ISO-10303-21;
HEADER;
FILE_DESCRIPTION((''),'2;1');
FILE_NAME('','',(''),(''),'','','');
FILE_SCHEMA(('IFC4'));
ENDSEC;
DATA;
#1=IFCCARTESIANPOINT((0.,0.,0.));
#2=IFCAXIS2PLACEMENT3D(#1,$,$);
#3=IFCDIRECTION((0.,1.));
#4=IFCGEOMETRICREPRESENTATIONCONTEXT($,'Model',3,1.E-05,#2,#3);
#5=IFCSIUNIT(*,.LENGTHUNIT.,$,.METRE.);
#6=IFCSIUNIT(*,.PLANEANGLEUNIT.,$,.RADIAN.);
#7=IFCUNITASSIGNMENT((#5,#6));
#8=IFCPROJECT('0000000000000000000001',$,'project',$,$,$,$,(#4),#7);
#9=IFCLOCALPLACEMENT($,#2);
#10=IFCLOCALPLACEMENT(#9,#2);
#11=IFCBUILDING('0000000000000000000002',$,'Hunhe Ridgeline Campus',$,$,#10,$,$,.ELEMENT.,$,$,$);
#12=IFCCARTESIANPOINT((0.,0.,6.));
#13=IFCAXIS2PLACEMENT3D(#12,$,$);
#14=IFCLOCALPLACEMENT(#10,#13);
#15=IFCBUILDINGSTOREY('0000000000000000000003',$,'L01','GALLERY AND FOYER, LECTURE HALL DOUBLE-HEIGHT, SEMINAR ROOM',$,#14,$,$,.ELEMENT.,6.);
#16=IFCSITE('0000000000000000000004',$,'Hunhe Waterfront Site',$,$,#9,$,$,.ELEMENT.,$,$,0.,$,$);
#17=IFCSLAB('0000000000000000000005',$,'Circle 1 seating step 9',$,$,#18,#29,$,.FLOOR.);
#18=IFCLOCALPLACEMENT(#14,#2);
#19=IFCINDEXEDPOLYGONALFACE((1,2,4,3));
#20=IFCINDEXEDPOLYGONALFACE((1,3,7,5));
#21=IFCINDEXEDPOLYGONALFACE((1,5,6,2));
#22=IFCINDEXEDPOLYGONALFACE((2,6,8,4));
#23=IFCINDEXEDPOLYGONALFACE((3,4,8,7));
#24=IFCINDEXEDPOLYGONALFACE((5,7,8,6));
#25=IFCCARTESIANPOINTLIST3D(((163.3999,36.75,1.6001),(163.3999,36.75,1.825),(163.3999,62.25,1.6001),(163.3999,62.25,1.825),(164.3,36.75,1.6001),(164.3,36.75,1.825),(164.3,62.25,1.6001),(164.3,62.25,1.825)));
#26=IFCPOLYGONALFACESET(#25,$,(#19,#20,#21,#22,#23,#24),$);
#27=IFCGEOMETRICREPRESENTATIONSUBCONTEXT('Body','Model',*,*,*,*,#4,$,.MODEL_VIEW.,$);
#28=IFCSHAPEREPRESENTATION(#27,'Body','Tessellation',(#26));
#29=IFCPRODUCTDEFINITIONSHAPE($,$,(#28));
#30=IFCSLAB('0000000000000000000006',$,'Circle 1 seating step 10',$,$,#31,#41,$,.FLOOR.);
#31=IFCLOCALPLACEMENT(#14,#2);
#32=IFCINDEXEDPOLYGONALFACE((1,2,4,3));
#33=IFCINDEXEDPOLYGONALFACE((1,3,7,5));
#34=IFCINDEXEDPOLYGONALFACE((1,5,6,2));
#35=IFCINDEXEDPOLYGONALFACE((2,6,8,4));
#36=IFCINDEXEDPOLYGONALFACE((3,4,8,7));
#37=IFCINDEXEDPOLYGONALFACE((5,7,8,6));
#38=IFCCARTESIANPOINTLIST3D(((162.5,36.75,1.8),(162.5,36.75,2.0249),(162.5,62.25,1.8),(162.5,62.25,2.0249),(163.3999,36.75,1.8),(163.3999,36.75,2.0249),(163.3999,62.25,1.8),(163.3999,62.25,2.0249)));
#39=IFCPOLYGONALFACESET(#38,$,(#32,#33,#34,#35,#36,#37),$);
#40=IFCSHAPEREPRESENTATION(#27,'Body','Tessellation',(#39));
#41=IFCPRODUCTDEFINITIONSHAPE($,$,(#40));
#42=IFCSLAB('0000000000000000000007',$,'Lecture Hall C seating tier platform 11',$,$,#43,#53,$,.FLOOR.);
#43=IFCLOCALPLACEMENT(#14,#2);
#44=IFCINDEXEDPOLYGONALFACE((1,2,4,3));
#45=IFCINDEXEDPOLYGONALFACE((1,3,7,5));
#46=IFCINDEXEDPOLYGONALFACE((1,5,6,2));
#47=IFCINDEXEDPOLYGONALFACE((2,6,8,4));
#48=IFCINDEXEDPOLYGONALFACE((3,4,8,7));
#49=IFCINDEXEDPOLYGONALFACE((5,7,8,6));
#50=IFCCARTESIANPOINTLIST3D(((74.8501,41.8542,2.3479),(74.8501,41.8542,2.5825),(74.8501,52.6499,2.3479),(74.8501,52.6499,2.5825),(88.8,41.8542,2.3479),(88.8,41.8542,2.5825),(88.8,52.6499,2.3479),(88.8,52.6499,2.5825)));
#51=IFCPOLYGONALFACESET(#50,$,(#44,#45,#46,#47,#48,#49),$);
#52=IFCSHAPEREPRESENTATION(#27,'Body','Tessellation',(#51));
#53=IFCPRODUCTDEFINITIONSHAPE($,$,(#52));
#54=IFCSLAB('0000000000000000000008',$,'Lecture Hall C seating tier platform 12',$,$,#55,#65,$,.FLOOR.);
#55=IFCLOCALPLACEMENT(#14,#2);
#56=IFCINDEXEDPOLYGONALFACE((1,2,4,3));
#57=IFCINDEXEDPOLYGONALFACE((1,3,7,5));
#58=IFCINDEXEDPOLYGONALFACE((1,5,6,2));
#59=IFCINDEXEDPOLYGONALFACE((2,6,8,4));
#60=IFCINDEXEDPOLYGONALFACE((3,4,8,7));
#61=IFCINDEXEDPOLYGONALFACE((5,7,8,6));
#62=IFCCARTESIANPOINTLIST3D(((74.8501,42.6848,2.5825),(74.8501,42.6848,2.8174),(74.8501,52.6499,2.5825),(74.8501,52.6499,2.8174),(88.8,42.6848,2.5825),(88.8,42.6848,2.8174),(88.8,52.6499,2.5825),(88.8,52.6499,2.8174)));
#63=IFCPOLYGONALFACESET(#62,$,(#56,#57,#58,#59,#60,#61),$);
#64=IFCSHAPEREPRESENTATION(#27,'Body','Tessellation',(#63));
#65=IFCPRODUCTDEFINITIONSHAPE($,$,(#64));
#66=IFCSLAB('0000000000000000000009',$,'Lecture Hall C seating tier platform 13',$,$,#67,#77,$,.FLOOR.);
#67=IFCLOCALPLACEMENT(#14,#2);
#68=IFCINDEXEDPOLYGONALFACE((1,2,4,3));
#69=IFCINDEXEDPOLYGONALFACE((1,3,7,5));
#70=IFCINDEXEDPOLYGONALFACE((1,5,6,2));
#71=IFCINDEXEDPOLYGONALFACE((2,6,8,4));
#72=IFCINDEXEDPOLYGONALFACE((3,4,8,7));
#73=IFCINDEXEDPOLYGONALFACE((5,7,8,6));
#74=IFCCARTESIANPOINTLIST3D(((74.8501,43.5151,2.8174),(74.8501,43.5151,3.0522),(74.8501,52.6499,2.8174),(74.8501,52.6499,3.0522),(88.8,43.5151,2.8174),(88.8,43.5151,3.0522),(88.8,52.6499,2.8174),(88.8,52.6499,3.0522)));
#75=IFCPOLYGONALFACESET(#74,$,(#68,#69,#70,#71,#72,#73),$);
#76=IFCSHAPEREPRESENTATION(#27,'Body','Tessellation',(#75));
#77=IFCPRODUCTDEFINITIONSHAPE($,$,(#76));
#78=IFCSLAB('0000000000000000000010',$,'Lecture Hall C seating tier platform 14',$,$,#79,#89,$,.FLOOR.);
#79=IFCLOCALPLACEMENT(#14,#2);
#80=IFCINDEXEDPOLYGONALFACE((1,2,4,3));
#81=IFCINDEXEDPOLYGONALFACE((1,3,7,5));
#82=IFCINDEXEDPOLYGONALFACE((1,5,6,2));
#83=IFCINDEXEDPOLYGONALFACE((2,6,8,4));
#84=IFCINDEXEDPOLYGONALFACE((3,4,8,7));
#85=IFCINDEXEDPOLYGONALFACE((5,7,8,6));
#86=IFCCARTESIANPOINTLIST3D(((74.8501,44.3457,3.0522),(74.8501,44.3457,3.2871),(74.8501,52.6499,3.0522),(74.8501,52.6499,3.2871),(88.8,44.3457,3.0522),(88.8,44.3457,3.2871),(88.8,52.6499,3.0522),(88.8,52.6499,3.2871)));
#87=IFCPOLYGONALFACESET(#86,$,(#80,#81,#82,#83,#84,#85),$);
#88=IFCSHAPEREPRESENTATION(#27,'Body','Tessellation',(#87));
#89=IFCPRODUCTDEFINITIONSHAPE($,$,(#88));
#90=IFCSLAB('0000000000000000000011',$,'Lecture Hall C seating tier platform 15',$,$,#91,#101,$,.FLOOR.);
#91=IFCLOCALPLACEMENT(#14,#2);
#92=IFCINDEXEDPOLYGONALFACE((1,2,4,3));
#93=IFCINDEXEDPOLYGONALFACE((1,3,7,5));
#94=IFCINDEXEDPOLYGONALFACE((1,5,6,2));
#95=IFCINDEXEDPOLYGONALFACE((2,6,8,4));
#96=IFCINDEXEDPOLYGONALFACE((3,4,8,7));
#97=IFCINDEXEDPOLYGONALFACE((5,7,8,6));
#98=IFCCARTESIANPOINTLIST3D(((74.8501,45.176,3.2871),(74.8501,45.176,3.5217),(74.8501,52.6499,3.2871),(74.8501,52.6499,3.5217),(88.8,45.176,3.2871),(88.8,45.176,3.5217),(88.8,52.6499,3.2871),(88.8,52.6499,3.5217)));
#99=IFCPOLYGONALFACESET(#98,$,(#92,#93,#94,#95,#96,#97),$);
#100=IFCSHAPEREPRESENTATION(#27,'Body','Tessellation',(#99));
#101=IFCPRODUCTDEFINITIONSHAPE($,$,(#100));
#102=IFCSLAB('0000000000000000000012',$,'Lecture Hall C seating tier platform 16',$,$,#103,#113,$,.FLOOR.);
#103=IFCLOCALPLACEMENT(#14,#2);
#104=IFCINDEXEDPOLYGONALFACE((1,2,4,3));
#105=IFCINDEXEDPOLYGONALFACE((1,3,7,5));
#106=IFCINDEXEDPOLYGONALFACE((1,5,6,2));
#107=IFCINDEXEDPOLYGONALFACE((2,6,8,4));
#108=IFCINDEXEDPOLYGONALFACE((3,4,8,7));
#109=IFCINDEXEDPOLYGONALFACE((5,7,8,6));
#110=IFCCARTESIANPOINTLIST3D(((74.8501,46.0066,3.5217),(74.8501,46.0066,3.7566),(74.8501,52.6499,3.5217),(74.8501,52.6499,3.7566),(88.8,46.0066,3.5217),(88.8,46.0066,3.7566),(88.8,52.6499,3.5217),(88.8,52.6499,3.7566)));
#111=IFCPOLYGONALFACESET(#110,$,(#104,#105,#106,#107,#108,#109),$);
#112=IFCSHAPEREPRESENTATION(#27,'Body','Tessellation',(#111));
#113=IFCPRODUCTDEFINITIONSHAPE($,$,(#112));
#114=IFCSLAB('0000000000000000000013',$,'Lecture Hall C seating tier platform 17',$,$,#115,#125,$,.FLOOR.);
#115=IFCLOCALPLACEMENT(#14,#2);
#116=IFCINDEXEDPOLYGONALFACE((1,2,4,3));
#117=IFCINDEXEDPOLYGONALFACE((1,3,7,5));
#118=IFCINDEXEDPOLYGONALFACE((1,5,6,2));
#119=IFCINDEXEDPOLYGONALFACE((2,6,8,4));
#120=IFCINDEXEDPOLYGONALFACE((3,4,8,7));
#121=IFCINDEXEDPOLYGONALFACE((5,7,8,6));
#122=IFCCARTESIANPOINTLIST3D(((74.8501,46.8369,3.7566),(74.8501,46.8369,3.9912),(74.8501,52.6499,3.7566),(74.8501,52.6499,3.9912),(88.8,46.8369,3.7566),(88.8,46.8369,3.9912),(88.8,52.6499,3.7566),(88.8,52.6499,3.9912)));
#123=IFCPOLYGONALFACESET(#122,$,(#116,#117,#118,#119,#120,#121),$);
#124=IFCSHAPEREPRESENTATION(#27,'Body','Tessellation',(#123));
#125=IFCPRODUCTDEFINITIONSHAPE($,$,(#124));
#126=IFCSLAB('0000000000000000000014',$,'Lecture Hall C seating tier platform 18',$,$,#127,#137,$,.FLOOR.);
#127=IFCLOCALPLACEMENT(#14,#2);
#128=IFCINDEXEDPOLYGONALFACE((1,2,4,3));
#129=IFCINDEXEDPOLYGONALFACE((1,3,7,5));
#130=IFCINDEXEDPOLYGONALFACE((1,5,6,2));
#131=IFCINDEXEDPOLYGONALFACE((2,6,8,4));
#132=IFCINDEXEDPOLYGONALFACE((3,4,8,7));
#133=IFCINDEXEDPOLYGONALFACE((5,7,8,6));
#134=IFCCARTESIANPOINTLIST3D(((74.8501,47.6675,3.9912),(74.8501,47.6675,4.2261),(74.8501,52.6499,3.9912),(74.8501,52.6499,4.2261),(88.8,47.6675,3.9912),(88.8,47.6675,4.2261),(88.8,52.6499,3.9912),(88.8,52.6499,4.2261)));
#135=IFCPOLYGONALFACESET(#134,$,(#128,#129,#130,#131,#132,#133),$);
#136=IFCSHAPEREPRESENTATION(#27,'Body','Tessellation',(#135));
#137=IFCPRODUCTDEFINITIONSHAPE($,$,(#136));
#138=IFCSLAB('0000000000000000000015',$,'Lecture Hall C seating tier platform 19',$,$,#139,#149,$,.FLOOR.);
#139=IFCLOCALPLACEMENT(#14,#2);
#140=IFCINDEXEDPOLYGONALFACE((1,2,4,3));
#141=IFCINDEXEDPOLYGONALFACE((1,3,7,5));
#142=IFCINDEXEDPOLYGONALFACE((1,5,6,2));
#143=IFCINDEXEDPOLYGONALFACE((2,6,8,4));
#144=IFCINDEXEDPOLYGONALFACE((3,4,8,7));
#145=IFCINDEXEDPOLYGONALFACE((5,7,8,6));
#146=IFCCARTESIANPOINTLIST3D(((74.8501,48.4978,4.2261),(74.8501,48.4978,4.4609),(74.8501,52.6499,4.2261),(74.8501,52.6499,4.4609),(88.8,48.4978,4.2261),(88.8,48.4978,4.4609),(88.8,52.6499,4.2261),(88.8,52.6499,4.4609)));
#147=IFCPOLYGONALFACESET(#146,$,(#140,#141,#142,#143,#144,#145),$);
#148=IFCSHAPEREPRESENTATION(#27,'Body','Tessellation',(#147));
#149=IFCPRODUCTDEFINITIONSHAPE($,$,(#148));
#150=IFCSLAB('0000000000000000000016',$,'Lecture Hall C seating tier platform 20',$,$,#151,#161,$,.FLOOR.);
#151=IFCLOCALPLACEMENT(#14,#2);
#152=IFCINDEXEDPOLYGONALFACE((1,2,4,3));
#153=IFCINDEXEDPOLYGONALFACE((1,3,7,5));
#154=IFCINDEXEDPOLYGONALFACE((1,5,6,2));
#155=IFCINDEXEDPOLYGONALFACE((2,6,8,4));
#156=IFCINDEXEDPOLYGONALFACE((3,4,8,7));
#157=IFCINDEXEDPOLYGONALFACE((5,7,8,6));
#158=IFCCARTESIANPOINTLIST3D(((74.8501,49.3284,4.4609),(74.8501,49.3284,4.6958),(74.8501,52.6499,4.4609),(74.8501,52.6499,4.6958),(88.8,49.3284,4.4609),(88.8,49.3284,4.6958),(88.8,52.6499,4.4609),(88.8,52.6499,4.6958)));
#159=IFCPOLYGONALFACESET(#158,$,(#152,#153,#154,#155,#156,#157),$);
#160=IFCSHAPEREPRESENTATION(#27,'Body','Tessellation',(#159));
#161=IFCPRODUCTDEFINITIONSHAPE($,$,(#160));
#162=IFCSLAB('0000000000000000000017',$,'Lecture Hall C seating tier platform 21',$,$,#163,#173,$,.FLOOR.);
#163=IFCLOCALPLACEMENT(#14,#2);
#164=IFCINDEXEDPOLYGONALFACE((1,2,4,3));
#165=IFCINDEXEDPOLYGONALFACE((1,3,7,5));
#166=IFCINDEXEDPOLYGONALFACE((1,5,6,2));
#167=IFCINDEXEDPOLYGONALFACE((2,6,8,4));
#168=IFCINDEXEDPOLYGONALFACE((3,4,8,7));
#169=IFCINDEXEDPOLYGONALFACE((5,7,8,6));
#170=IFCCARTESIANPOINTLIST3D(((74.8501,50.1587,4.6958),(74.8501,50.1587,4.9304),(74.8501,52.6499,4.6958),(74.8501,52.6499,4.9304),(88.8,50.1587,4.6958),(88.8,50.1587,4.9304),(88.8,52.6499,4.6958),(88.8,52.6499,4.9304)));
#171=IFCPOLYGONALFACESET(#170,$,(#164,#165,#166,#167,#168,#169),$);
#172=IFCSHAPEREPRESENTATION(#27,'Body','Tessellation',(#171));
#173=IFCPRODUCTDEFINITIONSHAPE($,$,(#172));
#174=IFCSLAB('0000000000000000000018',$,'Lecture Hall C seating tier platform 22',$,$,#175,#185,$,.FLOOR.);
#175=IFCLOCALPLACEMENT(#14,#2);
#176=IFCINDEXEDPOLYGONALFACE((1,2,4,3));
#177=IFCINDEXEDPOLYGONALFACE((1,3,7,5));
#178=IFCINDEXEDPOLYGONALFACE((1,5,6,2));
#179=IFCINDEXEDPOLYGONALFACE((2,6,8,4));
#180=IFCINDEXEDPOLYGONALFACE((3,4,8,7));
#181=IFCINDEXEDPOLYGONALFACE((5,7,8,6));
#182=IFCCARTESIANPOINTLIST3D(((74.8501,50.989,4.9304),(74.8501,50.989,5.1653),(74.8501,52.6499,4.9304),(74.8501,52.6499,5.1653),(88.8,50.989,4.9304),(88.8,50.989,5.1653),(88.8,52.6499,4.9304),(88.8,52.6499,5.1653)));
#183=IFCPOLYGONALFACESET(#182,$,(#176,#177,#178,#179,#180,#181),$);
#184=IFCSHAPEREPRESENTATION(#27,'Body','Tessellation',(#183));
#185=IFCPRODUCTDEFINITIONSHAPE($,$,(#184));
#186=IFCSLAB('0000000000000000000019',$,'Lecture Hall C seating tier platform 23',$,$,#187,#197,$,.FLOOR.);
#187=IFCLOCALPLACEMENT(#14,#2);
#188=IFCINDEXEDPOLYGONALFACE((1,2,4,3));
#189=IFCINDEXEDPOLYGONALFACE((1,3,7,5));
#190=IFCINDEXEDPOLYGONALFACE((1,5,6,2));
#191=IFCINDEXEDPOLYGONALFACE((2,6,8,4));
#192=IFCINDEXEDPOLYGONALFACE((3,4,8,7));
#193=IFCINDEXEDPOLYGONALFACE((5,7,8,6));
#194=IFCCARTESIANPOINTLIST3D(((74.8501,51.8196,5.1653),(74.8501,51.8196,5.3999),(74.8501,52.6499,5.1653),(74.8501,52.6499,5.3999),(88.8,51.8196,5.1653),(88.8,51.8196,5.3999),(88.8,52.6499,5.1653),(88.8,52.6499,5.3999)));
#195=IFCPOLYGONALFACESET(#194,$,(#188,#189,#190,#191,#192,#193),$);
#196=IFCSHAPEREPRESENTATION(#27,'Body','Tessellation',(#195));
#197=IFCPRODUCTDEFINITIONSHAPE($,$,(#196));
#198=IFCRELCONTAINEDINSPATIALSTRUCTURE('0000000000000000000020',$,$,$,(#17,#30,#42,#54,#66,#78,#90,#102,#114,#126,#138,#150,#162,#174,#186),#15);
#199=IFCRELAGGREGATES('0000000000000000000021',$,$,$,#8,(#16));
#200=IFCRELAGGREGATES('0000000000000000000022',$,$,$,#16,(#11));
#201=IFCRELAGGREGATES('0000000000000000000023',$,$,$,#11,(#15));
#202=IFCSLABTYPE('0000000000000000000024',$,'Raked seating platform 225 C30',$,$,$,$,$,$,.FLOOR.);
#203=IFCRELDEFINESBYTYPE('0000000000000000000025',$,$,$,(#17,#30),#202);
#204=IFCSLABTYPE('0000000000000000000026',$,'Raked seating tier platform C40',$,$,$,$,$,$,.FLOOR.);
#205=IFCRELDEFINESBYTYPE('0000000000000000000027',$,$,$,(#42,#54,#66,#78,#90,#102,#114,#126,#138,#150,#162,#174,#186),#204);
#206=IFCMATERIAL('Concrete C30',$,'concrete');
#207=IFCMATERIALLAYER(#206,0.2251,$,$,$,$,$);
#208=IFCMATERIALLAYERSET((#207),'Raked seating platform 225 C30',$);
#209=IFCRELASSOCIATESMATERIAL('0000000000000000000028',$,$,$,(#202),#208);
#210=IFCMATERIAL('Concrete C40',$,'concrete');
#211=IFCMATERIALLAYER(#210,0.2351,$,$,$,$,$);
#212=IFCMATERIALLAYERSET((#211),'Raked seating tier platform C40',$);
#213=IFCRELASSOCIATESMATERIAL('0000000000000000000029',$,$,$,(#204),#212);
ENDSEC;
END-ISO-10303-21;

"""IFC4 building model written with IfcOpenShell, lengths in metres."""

from ifc_helpers import new_model, si_unit, direction, frame, origin, place, context, subcontext, project, spatial, polyline, outline, extrude, material, layer, layer_set, type_object, element, save


model = new_model("IFC4")

# Units and contexts
model_context = context("Model", 3, precision=1e-05, world=origin(), true_north=direction((0.0, 1.0)))
body_context = subcontext(model_context, "Body", "Model", "MODEL_VIEW")
ifc_project = project(units=[si_unit("LENGTHUNIT", "METRE"), si_unit("PLANEANGLEUNIT", "RADIAN")], contexts=[model_context])

# Site, building, storey
site_placement = place(None, origin())
site = spatial("IfcSite", under=ifc_project, at=site_placement, Name="Hunhe Waterfront Site", CompositionType="ELEMENT", RefElevation=0.0)
building_placement = place(site_placement, origin())
building = spatial("IfcBuilding", under=site, at=building_placement, Name="Hunhe Ridgeline Campus", CompositionType="ELEMENT")
storey_placement = place(building_placement, frame((0.0, 0.0, 6.0)))
storey = spatial("IfcBuildingStorey", under=building, at=storey_placement, Name="L01", Description="GALLERY AND FOYER, LECTURE HALL DOUBLE-HEIGHT, SEMINAR ROOM", CompositionType="ELEMENT", Elevation=6.0)

# Shared definitions
ifc_material_1 = material(Name="Concrete C40", Category="concrete")

# Slabs
ifc_material_2 = material(Name="Concrete C30", Category="concrete")
ifc_layer_1 = layer(ifc_material_2, 0.2251)
ifc_layer_set_1 = layer_set([ifc_layer_1], Name="Raked seating platform 225 C30")
slab_type_1 = type_object("IfcSlabType", Name="Raked seating platform 225 C30", PredefinedType="FLOOR", material=ifc_layer_set_1)
slab_1_placement = place(storey_placement, frame((0.0, 0.0, 1.6001)))
element("IfcSlab", 1, at=slab_1_placement, inside=storey, type_object=slab_type_1, Name="Circle 1 seating step 9", PredefinedType="FLOOR", context=body_context, shape_type="SweptSolid", body=[
    extrude(outline(polyline([(164.3, 36.75), (164.3, 62.25), (163.3999, 62.25), (163.3999, 36.75), (164.3, 36.75)])), origin(), (0.0, 0.0, 1.0), 0.2249),
])
slab_2_placement = place(storey_placement, frame((0.0, 0.0, 1.8)))
element("IfcSlab", 2, at=slab_2_placement, inside=storey, type_object=slab_type_1, Name="Circle 1 seating step 10", PredefinedType="FLOOR", context=body_context, shape_type="SweptSolid", body=[
    extrude(outline(polyline([(163.3999, 36.75), (163.3999, 62.25), (162.5, 62.25), (162.5, 36.75), (163.3999, 36.75)])), origin(), (0.0, 0.0, 1.0), 0.2249),
])
ifc_layer_2 = layer(ifc_material_1, 0.2351)
ifc_layer_set_2 = layer_set([ifc_layer_2], Name="Raked seating tier platform C40")
slab_type_2 = type_object("IfcSlabType", Name="Raked seating tier platform C40", PredefinedType="FLOOR", material=ifc_layer_set_2)
slab_3_placement = place(storey_placement, frame((0.0, 0.0, 2.3479)))
element("IfcSlab", 3, at=slab_3_placement, inside=storey, type_object=slab_type_2, Name="Lecture Hall C seating tier platform 11", PredefinedType="FLOOR", context=body_context, shape_type="SweptSolid", body=[
    extrude(outline(polyline([(74.8501, 41.8542), (88.8, 41.8542), (88.8, 52.6499), (74.8501, 52.6499), (74.8501, 41.8542)])), origin(), (0.0, 0.0, 1.0), 0.2346),
])
slab_4_placement = place(storey_placement, frame((0.0, 0.0, 2.5825)))
element("IfcSlab", 4, at=slab_4_placement, inside=storey, type_object=slab_type_2, Name="Lecture Hall C seating tier platform 12", PredefinedType="FLOOR", context=body_context, shape_type="SweptSolid", body=[
    extrude(outline(polyline([(74.8501, 42.6848), (88.8, 42.6848), (88.8, 52.6499), (74.8501, 52.6499), (74.8501, 42.6848)])), origin(), (0.0, 0.0, 1.0), 0.2349),
])
slab_5_placement = place(storey_placement, frame((0.0, 0.0, 2.8174)))
element("IfcSlab", 5, at=slab_5_placement, inside=storey, type_object=slab_type_2, Name="Lecture Hall C seating tier platform 13", PredefinedType="FLOOR", context=body_context, shape_type="SweptSolid", body=[
    extrude(outline(polyline([(74.8501, 43.5151), (88.8, 43.5151), (88.8, 52.6499), (74.8501, 52.6499), (74.8501, 43.5151)])), origin(), (0.0, 0.0, 1.0), 0.2349),
])
slab_6_placement = place(storey_placement, frame((0.0, 0.0, 3.0522)))
element("IfcSlab", 6, at=slab_6_placement, inside=storey, type_object=slab_type_2, Name="Lecture Hall C seating tier platform 14", PredefinedType="FLOOR", context=body_context, shape_type="SweptSolid", body=[
    extrude(outline(polyline([(74.8501, 44.3457), (88.8, 44.3457), (88.8, 52.6499), (74.8501, 52.6499), (74.8501, 44.3457)])), origin(), (0.0, 0.0, 1.0), 0.2349),
])
slab_7_placement = place(storey_placement, frame((0.0, 0.0, 3.2871)))
element("IfcSlab", 7, at=slab_7_placement, inside=storey, type_object=slab_type_2, Name="Lecture Hall C seating tier platform 15", PredefinedType="FLOOR", context=body_context, shape_type="SweptSolid", body=[
    extrude(outline(polyline([(74.8501, 45.176), (88.8, 45.176), (88.8, 52.6499), (74.8501, 52.6499), (74.8501, 45.176)])), origin(), (0.0, 0.0, 1.0), 0.2346),
])
slab_8_placement = place(storey_placement, frame((0.0, 0.0, 3.5217)))
element("IfcSlab", 8, at=slab_8_placement, inside=storey, type_object=slab_type_2, Name="Lecture Hall C seating tier platform 16", PredefinedType="FLOOR", context=body_context, shape_type="SweptSolid", body=[
    extrude(outline(polyline([(74.8501, 46.0066), (88.8, 46.0066), (88.8, 52.6499), (74.8501, 52.6499), (74.8501, 46.0066)])), origin(), (0.0, 0.0, 1.0), 0.2349),
])
slab_9_placement = place(storey_placement, frame((0.0, 0.0, 3.7566)))
element("IfcSlab", 9, at=slab_9_placement, inside=storey, type_object=slab_type_2, Name="Lecture Hall C seating tier platform 17", PredefinedType="FLOOR", context=body_context, shape_type="SweptSolid", body=[
    extrude(outline(polyline([(74.8501, 46.8369), (88.8, 46.8369), (88.8, 52.6499), (74.8501, 52.6499), (74.8501, 46.8369)])), origin(), (0.0, 0.0, 1.0), 0.2346),
])
slab_10_placement = place(storey_placement, frame((0.0, 0.0, 3.9912)))
element("IfcSlab", 10, at=slab_10_placement, inside=storey, type_object=slab_type_2, Name="Lecture Hall C seating tier platform 18", PredefinedType="FLOOR", context=body_context, shape_type="SweptSolid", body=[
    extrude(outline(polyline([(74.8501, 47.6675), (88.8, 47.6675), (88.8, 52.6499), (74.8501, 52.6499), (74.8501, 47.6675)])), origin(), (0.0, 0.0, 1.0), 0.2349),
])
slab_11_placement = place(storey_placement, frame((0.0, 0.0, 4.2261)))
element("IfcSlab", 11, at=slab_11_placement, inside=storey, type_object=slab_type_2, Name="Lecture Hall C seating tier platform 19", PredefinedType="FLOOR", context=body_context, shape_type="SweptSolid", body=[
    extrude(outline(polyline([(74.8501, 48.4978), (88.8, 48.4978), (88.8, 52.6499), (74.8501, 52.6499), (74.8501, 48.4978)])), origin(), (0.0, 0.0, 1.0), 0.2349),
])
slab_12_placement = place(storey_placement, frame((0.0, 0.0, 4.4609)))
element("IfcSlab", 12, at=slab_12_placement, inside=storey, type_object=slab_type_2, Name="Lecture Hall C seating tier platform 20", PredefinedType="FLOOR", context=body_context, shape_type="SweptSolid", body=[
    extrude(outline(polyline([(74.8501, 49.3284), (88.8, 49.3284), (88.8, 52.6499), (74.8501, 52.6499), (74.8501, 49.3284)])), origin(), (0.0, 0.0, 1.0), 0.2349),
])
slab_13_placement = place(storey_placement, frame((0.0, 0.0, 4.6958)))
element("IfcSlab", 13, at=slab_13_placement, inside=storey, type_object=slab_type_2, Name="Lecture Hall C seating tier platform 21", PredefinedType="FLOOR", context=body_context, shape_type="SweptSolid", body=[
    extrude(outline(polyline([(74.8501, 50.1587), (88.8, 50.1587), (88.8, 52.6499), (74.8501, 52.6499), (74.8501, 50.1587)])), origin(), (0.0, 0.0, 1.0), 0.2346),
])
slab_14_placement = place(storey_placement, frame((0.0, 0.0, 4.9304)))
element("IfcSlab", 14, at=slab_14_placement, inside=storey, type_object=slab_type_2, Name="Lecture Hall C seating tier platform 22", PredefinedType="FLOOR", context=body_context, shape_type="SweptSolid", body=[
    extrude(outline(polyline([(74.8501, 50.989), (88.8, 50.989), (88.8, 52.6499), (74.8501, 52.6499), (74.8501, 50.989)])), origin(), (0.0, 0.0, 1.0), 0.2349),
])
slab_15_placement = place(storey_placement, frame((0.0, 0.0, 5.1653)))
element("IfcSlab", 15, at=slab_15_placement, inside=storey, type_object=slab_type_2, Name="Lecture Hall C seating tier platform 23", PredefinedType="FLOOR", context=body_context, shape_type="SweptSolid", body=[
    extrude(outline(polyline([(74.8501, 51.8196), (88.8, 51.8196), (88.8, 52.6499), (74.8501, 52.6499), (74.8501, 51.8196)])), origin(), (0.0, 0.0, 1.0), 0.2346),
])

save(model, "model.ifc")
